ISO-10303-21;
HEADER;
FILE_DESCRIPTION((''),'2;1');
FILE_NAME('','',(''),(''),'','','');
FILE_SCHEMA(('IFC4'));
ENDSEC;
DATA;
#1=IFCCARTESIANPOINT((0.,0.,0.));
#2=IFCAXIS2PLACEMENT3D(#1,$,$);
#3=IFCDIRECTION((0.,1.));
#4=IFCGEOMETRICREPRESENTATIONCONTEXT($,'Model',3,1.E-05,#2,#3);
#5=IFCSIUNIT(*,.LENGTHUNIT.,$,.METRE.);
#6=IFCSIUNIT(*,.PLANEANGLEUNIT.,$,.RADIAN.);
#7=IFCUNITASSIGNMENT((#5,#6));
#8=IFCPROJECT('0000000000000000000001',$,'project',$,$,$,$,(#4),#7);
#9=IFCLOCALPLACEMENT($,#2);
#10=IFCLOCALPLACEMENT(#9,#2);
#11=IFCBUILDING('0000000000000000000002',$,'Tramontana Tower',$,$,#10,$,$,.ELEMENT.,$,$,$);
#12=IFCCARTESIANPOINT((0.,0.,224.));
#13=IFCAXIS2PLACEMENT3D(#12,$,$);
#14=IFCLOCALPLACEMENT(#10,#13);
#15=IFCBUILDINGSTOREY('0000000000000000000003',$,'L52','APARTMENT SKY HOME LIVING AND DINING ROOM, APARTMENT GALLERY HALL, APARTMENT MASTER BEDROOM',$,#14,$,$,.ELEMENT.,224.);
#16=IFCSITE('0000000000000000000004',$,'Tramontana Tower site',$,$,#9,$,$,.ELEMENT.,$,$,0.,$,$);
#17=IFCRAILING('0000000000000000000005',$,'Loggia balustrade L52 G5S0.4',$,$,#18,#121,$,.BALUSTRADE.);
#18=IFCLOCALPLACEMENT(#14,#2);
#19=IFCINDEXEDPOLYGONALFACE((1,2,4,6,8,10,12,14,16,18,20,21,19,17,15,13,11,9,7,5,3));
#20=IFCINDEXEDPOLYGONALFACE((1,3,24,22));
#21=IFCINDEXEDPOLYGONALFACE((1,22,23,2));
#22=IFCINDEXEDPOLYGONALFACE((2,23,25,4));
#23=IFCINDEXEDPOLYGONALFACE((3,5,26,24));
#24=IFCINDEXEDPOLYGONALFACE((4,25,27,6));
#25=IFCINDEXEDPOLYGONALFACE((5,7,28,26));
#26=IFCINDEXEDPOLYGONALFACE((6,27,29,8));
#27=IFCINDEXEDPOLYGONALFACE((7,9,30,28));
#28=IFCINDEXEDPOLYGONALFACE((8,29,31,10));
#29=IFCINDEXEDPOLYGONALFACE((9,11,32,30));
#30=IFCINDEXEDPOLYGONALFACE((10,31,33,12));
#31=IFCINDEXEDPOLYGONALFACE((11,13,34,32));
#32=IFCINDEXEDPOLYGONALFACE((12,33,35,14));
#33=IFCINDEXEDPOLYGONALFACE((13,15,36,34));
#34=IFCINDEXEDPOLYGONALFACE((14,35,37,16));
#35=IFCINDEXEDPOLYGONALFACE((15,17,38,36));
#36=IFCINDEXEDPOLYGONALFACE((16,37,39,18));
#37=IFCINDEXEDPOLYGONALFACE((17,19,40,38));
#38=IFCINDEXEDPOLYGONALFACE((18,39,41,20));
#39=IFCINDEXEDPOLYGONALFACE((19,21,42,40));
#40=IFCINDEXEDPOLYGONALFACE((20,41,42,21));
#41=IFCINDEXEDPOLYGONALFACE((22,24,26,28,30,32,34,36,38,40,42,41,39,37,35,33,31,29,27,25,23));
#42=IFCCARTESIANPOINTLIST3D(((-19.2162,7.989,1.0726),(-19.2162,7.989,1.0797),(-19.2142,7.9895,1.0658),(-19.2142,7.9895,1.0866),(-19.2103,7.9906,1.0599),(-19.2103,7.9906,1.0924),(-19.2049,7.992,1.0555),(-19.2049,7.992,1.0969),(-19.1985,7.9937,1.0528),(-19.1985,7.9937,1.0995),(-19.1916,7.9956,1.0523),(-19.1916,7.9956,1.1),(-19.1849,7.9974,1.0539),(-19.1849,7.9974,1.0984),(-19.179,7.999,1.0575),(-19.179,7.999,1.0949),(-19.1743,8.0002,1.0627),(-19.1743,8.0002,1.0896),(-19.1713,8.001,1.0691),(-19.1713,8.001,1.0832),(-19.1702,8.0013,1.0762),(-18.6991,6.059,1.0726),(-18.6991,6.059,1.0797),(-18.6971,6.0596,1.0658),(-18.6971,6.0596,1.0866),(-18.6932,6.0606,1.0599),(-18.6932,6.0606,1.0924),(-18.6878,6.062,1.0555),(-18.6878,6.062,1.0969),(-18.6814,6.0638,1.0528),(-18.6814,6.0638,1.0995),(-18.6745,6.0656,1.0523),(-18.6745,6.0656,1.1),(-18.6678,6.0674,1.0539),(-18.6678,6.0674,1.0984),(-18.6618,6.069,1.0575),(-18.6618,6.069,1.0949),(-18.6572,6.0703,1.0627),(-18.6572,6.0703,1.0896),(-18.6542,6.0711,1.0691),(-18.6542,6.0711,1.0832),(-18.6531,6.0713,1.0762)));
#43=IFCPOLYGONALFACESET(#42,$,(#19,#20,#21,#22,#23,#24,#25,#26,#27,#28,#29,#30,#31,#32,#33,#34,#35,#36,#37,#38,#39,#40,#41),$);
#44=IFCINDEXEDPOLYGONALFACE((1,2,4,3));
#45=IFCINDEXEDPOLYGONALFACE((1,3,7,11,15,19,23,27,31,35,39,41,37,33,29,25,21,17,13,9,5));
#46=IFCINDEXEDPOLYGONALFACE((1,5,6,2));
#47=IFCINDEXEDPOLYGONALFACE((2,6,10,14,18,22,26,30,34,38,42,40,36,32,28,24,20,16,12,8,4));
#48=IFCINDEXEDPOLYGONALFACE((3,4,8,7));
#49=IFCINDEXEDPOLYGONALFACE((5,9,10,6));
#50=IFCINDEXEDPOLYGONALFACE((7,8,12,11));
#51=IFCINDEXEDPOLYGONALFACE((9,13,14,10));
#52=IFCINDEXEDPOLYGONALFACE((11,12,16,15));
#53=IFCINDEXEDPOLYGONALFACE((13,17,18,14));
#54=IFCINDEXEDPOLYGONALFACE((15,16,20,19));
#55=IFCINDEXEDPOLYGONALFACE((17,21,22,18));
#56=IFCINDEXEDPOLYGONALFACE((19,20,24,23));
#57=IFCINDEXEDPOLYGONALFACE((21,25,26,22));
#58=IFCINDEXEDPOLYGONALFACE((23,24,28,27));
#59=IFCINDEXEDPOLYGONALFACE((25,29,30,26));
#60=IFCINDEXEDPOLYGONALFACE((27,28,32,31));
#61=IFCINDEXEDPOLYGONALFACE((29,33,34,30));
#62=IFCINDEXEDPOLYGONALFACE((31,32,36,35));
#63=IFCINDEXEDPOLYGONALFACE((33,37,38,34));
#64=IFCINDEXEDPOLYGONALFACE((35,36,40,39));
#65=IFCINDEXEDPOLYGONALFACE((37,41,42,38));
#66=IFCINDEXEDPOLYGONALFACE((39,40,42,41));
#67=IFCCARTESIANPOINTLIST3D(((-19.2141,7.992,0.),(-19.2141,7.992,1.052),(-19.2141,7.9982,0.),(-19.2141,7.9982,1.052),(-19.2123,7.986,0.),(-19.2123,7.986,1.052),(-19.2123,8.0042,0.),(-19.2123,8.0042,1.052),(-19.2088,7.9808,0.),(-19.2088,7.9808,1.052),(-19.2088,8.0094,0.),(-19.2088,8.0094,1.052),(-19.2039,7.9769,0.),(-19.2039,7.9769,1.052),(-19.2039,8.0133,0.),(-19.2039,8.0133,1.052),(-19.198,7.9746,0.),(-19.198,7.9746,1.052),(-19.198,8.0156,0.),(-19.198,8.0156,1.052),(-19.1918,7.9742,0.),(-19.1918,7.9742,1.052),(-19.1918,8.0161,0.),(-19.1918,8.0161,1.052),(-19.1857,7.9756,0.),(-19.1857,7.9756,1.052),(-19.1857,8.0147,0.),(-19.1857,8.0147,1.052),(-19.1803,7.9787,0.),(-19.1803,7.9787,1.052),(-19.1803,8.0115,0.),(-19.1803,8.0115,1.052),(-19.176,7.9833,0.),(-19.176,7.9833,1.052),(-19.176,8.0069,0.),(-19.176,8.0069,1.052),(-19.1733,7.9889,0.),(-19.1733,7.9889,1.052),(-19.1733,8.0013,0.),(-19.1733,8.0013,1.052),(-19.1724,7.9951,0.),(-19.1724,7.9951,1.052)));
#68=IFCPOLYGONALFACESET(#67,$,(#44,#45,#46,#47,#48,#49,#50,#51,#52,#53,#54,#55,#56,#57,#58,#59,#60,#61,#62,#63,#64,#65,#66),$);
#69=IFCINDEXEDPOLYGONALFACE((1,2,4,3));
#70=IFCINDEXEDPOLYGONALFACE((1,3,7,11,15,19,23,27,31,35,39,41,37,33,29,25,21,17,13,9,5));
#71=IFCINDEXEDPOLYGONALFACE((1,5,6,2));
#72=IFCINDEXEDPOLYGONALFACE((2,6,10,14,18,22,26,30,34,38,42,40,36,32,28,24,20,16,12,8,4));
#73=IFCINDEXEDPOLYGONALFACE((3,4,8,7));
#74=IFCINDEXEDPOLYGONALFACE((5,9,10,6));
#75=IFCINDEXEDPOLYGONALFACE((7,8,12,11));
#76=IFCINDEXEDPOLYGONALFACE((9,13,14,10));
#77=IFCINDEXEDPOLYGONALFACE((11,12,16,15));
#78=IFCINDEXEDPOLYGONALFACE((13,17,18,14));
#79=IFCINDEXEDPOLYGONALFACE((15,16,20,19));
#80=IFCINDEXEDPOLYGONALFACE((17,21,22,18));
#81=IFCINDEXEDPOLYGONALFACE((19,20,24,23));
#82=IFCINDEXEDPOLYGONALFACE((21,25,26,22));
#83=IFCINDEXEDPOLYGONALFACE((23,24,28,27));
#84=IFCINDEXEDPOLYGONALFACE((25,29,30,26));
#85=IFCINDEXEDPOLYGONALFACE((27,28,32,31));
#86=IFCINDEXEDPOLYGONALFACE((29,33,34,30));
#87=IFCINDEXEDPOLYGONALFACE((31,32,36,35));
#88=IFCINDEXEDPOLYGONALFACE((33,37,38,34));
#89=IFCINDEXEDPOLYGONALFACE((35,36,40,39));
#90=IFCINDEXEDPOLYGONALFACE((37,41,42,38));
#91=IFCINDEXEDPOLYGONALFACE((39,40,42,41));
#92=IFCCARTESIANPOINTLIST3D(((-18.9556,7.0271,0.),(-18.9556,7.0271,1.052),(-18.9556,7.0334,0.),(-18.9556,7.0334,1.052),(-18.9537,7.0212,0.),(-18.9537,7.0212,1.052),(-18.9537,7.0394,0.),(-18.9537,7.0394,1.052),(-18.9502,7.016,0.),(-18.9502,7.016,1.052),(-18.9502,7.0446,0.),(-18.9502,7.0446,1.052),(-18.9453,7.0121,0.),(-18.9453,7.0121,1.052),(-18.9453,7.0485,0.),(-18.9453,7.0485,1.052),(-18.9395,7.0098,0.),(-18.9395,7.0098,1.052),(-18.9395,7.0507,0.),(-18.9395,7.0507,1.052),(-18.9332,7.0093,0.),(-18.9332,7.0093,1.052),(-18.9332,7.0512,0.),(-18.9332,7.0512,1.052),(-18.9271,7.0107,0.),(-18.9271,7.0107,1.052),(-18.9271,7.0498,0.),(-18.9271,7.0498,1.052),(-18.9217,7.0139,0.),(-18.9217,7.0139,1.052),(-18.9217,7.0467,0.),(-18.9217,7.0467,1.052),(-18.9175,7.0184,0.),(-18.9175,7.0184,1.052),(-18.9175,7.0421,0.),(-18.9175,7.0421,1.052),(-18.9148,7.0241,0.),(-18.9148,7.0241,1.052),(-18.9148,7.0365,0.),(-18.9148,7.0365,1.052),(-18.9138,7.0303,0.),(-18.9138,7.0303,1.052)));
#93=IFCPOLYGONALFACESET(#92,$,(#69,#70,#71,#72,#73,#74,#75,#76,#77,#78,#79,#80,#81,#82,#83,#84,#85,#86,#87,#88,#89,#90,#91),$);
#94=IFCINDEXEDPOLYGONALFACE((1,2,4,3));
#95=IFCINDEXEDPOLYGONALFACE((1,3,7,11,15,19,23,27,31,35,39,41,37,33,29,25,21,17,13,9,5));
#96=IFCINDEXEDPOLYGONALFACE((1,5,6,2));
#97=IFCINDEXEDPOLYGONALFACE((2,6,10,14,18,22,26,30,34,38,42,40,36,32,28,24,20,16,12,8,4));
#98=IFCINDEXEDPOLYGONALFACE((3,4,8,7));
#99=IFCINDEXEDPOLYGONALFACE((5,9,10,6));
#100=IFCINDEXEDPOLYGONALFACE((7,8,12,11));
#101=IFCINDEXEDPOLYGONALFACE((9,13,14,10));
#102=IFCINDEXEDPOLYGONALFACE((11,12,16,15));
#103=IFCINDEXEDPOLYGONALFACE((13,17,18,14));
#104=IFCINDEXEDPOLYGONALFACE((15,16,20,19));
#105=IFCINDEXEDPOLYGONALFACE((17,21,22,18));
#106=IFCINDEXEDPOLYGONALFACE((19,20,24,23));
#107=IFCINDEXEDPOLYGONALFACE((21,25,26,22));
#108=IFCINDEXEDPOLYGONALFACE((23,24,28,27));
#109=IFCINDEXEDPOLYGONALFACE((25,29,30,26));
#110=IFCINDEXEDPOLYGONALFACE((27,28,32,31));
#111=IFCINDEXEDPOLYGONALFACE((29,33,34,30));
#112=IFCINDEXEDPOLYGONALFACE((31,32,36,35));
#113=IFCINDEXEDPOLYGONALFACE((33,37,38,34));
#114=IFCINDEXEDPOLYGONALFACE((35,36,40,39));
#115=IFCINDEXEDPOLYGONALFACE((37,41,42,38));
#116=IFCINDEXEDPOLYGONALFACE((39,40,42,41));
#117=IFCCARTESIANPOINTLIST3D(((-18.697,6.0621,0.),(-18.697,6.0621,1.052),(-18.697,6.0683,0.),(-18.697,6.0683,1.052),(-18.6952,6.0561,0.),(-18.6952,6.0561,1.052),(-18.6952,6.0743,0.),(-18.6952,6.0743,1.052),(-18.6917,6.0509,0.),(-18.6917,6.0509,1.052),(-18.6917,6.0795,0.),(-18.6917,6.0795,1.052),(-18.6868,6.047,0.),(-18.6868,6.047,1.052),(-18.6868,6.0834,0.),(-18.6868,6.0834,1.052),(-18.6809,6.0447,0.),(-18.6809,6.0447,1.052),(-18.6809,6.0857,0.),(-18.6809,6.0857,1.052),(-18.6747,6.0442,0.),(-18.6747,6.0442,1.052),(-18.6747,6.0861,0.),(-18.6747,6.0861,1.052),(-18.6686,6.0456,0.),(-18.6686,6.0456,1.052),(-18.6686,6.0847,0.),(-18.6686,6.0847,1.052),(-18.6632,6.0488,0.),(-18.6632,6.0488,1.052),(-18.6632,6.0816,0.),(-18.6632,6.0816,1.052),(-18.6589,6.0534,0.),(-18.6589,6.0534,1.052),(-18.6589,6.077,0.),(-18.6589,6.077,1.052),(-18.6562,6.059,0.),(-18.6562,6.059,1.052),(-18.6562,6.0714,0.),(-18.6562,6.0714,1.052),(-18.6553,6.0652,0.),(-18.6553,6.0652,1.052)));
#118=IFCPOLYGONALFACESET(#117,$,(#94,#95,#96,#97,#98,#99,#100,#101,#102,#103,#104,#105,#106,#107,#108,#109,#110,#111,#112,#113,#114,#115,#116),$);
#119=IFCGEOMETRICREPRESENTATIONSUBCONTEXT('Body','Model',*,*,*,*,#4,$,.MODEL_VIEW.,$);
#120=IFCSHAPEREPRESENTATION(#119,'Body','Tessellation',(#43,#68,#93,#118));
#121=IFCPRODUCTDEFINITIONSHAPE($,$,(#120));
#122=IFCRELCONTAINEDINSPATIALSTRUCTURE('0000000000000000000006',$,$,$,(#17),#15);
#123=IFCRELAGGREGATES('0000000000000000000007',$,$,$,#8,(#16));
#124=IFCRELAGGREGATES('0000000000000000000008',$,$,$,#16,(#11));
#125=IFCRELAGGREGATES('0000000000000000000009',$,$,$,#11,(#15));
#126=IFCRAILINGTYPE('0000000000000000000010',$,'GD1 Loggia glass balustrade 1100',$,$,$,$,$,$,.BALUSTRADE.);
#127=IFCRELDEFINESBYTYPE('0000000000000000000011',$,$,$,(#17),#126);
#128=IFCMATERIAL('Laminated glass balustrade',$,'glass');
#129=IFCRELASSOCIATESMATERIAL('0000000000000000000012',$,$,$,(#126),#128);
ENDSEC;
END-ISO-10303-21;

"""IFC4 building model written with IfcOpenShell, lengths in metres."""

from ifc_helpers import new_model, si_unit, direction, frame, origin, origin_2d, place, context, subcontext, project, spatial, circle, extrude, material, type_object, element, save


model = new_model("IFC4")

# Units and contexts
model_context = context("Model", 3, precision=1e-05, world=origin(), true_north=direction((0.0, 1.0)))
body_context = subcontext(model_context, "Body", "Model", "MODEL_VIEW")
ifc_project = project(units=[si_unit("LENGTHUNIT", "METRE"), si_unit("PLANEANGLEUNIT", "RADIAN")], contexts=[model_context])

# Site, building, storey
site_placement = place(None, origin())
site = spatial("IfcSite", under=ifc_project, at=site_placement, Name="Tramontana Tower site", CompositionType="ELEMENT", RefElevation=0.0)
building_placement = place(site_placement, origin())
building = spatial("IfcBuilding", under=site, at=building_placement, Name="Tramontana Tower", CompositionType="ELEMENT")
storey_placement = place(building_placement, frame((0.0, 0.0, 224.0)))
storey = spatial("IfcBuildingStorey", under=building, at=storey_placement, Name="L52", Description="APARTMENT SKY HOME LIVING AND DINING ROOM, APARTMENT GALLERY HALL, APARTMENT MASTER BEDROOM", CompositionType="ELEMENT", Elevation=224.0)

# Railing
ifc_material_1 = material(Name="Laminated glass balustrade", Category="glass")
railing_type = type_object("IfcRailingType", Name="GD1 Loggia glass balustrade 1100", PredefinedType="BALUSTRADE", material=ifc_material_1)
railing_placement = place(storey_placement, frame((-19.1934, 7.9951, 0.0)))
element("IfcRailing", 1, at=railing_placement, inside=storey, type_object=railing_type, Name="Loggia balustrade L52 G5S0.4", PredefinedType="BALUSTRADE", context=body_context, shape_type="SweptSolid", body=[
    extrude(circle(Radius=0.0239, at=origin_2d()), frame((0.0, 0.0, 1.0762), z_axis=(0.258803, -0.96593, 0.0), x_axis=(0.96593, 0.258803, 0.0)), (0.0, 0.0, 1.0), 1.998),
    extrude(circle(Radius=0.021, at=origin_2d()), origin(), (0.0, 0.0, 1.0), 1.052),
    extrude(circle(Radius=0.021, at=origin_2d()), frame((0.2585, -0.9648, 0.0)), (0.0, 0.0, 1.0), 1.052),
    extrude(circle(Radius=0.021, at=origin_2d()), frame((0.5171, -1.9299, 0.0)), (0.0, 0.0, 1.0), 1.052),
])

save(model, "model.ifc")
